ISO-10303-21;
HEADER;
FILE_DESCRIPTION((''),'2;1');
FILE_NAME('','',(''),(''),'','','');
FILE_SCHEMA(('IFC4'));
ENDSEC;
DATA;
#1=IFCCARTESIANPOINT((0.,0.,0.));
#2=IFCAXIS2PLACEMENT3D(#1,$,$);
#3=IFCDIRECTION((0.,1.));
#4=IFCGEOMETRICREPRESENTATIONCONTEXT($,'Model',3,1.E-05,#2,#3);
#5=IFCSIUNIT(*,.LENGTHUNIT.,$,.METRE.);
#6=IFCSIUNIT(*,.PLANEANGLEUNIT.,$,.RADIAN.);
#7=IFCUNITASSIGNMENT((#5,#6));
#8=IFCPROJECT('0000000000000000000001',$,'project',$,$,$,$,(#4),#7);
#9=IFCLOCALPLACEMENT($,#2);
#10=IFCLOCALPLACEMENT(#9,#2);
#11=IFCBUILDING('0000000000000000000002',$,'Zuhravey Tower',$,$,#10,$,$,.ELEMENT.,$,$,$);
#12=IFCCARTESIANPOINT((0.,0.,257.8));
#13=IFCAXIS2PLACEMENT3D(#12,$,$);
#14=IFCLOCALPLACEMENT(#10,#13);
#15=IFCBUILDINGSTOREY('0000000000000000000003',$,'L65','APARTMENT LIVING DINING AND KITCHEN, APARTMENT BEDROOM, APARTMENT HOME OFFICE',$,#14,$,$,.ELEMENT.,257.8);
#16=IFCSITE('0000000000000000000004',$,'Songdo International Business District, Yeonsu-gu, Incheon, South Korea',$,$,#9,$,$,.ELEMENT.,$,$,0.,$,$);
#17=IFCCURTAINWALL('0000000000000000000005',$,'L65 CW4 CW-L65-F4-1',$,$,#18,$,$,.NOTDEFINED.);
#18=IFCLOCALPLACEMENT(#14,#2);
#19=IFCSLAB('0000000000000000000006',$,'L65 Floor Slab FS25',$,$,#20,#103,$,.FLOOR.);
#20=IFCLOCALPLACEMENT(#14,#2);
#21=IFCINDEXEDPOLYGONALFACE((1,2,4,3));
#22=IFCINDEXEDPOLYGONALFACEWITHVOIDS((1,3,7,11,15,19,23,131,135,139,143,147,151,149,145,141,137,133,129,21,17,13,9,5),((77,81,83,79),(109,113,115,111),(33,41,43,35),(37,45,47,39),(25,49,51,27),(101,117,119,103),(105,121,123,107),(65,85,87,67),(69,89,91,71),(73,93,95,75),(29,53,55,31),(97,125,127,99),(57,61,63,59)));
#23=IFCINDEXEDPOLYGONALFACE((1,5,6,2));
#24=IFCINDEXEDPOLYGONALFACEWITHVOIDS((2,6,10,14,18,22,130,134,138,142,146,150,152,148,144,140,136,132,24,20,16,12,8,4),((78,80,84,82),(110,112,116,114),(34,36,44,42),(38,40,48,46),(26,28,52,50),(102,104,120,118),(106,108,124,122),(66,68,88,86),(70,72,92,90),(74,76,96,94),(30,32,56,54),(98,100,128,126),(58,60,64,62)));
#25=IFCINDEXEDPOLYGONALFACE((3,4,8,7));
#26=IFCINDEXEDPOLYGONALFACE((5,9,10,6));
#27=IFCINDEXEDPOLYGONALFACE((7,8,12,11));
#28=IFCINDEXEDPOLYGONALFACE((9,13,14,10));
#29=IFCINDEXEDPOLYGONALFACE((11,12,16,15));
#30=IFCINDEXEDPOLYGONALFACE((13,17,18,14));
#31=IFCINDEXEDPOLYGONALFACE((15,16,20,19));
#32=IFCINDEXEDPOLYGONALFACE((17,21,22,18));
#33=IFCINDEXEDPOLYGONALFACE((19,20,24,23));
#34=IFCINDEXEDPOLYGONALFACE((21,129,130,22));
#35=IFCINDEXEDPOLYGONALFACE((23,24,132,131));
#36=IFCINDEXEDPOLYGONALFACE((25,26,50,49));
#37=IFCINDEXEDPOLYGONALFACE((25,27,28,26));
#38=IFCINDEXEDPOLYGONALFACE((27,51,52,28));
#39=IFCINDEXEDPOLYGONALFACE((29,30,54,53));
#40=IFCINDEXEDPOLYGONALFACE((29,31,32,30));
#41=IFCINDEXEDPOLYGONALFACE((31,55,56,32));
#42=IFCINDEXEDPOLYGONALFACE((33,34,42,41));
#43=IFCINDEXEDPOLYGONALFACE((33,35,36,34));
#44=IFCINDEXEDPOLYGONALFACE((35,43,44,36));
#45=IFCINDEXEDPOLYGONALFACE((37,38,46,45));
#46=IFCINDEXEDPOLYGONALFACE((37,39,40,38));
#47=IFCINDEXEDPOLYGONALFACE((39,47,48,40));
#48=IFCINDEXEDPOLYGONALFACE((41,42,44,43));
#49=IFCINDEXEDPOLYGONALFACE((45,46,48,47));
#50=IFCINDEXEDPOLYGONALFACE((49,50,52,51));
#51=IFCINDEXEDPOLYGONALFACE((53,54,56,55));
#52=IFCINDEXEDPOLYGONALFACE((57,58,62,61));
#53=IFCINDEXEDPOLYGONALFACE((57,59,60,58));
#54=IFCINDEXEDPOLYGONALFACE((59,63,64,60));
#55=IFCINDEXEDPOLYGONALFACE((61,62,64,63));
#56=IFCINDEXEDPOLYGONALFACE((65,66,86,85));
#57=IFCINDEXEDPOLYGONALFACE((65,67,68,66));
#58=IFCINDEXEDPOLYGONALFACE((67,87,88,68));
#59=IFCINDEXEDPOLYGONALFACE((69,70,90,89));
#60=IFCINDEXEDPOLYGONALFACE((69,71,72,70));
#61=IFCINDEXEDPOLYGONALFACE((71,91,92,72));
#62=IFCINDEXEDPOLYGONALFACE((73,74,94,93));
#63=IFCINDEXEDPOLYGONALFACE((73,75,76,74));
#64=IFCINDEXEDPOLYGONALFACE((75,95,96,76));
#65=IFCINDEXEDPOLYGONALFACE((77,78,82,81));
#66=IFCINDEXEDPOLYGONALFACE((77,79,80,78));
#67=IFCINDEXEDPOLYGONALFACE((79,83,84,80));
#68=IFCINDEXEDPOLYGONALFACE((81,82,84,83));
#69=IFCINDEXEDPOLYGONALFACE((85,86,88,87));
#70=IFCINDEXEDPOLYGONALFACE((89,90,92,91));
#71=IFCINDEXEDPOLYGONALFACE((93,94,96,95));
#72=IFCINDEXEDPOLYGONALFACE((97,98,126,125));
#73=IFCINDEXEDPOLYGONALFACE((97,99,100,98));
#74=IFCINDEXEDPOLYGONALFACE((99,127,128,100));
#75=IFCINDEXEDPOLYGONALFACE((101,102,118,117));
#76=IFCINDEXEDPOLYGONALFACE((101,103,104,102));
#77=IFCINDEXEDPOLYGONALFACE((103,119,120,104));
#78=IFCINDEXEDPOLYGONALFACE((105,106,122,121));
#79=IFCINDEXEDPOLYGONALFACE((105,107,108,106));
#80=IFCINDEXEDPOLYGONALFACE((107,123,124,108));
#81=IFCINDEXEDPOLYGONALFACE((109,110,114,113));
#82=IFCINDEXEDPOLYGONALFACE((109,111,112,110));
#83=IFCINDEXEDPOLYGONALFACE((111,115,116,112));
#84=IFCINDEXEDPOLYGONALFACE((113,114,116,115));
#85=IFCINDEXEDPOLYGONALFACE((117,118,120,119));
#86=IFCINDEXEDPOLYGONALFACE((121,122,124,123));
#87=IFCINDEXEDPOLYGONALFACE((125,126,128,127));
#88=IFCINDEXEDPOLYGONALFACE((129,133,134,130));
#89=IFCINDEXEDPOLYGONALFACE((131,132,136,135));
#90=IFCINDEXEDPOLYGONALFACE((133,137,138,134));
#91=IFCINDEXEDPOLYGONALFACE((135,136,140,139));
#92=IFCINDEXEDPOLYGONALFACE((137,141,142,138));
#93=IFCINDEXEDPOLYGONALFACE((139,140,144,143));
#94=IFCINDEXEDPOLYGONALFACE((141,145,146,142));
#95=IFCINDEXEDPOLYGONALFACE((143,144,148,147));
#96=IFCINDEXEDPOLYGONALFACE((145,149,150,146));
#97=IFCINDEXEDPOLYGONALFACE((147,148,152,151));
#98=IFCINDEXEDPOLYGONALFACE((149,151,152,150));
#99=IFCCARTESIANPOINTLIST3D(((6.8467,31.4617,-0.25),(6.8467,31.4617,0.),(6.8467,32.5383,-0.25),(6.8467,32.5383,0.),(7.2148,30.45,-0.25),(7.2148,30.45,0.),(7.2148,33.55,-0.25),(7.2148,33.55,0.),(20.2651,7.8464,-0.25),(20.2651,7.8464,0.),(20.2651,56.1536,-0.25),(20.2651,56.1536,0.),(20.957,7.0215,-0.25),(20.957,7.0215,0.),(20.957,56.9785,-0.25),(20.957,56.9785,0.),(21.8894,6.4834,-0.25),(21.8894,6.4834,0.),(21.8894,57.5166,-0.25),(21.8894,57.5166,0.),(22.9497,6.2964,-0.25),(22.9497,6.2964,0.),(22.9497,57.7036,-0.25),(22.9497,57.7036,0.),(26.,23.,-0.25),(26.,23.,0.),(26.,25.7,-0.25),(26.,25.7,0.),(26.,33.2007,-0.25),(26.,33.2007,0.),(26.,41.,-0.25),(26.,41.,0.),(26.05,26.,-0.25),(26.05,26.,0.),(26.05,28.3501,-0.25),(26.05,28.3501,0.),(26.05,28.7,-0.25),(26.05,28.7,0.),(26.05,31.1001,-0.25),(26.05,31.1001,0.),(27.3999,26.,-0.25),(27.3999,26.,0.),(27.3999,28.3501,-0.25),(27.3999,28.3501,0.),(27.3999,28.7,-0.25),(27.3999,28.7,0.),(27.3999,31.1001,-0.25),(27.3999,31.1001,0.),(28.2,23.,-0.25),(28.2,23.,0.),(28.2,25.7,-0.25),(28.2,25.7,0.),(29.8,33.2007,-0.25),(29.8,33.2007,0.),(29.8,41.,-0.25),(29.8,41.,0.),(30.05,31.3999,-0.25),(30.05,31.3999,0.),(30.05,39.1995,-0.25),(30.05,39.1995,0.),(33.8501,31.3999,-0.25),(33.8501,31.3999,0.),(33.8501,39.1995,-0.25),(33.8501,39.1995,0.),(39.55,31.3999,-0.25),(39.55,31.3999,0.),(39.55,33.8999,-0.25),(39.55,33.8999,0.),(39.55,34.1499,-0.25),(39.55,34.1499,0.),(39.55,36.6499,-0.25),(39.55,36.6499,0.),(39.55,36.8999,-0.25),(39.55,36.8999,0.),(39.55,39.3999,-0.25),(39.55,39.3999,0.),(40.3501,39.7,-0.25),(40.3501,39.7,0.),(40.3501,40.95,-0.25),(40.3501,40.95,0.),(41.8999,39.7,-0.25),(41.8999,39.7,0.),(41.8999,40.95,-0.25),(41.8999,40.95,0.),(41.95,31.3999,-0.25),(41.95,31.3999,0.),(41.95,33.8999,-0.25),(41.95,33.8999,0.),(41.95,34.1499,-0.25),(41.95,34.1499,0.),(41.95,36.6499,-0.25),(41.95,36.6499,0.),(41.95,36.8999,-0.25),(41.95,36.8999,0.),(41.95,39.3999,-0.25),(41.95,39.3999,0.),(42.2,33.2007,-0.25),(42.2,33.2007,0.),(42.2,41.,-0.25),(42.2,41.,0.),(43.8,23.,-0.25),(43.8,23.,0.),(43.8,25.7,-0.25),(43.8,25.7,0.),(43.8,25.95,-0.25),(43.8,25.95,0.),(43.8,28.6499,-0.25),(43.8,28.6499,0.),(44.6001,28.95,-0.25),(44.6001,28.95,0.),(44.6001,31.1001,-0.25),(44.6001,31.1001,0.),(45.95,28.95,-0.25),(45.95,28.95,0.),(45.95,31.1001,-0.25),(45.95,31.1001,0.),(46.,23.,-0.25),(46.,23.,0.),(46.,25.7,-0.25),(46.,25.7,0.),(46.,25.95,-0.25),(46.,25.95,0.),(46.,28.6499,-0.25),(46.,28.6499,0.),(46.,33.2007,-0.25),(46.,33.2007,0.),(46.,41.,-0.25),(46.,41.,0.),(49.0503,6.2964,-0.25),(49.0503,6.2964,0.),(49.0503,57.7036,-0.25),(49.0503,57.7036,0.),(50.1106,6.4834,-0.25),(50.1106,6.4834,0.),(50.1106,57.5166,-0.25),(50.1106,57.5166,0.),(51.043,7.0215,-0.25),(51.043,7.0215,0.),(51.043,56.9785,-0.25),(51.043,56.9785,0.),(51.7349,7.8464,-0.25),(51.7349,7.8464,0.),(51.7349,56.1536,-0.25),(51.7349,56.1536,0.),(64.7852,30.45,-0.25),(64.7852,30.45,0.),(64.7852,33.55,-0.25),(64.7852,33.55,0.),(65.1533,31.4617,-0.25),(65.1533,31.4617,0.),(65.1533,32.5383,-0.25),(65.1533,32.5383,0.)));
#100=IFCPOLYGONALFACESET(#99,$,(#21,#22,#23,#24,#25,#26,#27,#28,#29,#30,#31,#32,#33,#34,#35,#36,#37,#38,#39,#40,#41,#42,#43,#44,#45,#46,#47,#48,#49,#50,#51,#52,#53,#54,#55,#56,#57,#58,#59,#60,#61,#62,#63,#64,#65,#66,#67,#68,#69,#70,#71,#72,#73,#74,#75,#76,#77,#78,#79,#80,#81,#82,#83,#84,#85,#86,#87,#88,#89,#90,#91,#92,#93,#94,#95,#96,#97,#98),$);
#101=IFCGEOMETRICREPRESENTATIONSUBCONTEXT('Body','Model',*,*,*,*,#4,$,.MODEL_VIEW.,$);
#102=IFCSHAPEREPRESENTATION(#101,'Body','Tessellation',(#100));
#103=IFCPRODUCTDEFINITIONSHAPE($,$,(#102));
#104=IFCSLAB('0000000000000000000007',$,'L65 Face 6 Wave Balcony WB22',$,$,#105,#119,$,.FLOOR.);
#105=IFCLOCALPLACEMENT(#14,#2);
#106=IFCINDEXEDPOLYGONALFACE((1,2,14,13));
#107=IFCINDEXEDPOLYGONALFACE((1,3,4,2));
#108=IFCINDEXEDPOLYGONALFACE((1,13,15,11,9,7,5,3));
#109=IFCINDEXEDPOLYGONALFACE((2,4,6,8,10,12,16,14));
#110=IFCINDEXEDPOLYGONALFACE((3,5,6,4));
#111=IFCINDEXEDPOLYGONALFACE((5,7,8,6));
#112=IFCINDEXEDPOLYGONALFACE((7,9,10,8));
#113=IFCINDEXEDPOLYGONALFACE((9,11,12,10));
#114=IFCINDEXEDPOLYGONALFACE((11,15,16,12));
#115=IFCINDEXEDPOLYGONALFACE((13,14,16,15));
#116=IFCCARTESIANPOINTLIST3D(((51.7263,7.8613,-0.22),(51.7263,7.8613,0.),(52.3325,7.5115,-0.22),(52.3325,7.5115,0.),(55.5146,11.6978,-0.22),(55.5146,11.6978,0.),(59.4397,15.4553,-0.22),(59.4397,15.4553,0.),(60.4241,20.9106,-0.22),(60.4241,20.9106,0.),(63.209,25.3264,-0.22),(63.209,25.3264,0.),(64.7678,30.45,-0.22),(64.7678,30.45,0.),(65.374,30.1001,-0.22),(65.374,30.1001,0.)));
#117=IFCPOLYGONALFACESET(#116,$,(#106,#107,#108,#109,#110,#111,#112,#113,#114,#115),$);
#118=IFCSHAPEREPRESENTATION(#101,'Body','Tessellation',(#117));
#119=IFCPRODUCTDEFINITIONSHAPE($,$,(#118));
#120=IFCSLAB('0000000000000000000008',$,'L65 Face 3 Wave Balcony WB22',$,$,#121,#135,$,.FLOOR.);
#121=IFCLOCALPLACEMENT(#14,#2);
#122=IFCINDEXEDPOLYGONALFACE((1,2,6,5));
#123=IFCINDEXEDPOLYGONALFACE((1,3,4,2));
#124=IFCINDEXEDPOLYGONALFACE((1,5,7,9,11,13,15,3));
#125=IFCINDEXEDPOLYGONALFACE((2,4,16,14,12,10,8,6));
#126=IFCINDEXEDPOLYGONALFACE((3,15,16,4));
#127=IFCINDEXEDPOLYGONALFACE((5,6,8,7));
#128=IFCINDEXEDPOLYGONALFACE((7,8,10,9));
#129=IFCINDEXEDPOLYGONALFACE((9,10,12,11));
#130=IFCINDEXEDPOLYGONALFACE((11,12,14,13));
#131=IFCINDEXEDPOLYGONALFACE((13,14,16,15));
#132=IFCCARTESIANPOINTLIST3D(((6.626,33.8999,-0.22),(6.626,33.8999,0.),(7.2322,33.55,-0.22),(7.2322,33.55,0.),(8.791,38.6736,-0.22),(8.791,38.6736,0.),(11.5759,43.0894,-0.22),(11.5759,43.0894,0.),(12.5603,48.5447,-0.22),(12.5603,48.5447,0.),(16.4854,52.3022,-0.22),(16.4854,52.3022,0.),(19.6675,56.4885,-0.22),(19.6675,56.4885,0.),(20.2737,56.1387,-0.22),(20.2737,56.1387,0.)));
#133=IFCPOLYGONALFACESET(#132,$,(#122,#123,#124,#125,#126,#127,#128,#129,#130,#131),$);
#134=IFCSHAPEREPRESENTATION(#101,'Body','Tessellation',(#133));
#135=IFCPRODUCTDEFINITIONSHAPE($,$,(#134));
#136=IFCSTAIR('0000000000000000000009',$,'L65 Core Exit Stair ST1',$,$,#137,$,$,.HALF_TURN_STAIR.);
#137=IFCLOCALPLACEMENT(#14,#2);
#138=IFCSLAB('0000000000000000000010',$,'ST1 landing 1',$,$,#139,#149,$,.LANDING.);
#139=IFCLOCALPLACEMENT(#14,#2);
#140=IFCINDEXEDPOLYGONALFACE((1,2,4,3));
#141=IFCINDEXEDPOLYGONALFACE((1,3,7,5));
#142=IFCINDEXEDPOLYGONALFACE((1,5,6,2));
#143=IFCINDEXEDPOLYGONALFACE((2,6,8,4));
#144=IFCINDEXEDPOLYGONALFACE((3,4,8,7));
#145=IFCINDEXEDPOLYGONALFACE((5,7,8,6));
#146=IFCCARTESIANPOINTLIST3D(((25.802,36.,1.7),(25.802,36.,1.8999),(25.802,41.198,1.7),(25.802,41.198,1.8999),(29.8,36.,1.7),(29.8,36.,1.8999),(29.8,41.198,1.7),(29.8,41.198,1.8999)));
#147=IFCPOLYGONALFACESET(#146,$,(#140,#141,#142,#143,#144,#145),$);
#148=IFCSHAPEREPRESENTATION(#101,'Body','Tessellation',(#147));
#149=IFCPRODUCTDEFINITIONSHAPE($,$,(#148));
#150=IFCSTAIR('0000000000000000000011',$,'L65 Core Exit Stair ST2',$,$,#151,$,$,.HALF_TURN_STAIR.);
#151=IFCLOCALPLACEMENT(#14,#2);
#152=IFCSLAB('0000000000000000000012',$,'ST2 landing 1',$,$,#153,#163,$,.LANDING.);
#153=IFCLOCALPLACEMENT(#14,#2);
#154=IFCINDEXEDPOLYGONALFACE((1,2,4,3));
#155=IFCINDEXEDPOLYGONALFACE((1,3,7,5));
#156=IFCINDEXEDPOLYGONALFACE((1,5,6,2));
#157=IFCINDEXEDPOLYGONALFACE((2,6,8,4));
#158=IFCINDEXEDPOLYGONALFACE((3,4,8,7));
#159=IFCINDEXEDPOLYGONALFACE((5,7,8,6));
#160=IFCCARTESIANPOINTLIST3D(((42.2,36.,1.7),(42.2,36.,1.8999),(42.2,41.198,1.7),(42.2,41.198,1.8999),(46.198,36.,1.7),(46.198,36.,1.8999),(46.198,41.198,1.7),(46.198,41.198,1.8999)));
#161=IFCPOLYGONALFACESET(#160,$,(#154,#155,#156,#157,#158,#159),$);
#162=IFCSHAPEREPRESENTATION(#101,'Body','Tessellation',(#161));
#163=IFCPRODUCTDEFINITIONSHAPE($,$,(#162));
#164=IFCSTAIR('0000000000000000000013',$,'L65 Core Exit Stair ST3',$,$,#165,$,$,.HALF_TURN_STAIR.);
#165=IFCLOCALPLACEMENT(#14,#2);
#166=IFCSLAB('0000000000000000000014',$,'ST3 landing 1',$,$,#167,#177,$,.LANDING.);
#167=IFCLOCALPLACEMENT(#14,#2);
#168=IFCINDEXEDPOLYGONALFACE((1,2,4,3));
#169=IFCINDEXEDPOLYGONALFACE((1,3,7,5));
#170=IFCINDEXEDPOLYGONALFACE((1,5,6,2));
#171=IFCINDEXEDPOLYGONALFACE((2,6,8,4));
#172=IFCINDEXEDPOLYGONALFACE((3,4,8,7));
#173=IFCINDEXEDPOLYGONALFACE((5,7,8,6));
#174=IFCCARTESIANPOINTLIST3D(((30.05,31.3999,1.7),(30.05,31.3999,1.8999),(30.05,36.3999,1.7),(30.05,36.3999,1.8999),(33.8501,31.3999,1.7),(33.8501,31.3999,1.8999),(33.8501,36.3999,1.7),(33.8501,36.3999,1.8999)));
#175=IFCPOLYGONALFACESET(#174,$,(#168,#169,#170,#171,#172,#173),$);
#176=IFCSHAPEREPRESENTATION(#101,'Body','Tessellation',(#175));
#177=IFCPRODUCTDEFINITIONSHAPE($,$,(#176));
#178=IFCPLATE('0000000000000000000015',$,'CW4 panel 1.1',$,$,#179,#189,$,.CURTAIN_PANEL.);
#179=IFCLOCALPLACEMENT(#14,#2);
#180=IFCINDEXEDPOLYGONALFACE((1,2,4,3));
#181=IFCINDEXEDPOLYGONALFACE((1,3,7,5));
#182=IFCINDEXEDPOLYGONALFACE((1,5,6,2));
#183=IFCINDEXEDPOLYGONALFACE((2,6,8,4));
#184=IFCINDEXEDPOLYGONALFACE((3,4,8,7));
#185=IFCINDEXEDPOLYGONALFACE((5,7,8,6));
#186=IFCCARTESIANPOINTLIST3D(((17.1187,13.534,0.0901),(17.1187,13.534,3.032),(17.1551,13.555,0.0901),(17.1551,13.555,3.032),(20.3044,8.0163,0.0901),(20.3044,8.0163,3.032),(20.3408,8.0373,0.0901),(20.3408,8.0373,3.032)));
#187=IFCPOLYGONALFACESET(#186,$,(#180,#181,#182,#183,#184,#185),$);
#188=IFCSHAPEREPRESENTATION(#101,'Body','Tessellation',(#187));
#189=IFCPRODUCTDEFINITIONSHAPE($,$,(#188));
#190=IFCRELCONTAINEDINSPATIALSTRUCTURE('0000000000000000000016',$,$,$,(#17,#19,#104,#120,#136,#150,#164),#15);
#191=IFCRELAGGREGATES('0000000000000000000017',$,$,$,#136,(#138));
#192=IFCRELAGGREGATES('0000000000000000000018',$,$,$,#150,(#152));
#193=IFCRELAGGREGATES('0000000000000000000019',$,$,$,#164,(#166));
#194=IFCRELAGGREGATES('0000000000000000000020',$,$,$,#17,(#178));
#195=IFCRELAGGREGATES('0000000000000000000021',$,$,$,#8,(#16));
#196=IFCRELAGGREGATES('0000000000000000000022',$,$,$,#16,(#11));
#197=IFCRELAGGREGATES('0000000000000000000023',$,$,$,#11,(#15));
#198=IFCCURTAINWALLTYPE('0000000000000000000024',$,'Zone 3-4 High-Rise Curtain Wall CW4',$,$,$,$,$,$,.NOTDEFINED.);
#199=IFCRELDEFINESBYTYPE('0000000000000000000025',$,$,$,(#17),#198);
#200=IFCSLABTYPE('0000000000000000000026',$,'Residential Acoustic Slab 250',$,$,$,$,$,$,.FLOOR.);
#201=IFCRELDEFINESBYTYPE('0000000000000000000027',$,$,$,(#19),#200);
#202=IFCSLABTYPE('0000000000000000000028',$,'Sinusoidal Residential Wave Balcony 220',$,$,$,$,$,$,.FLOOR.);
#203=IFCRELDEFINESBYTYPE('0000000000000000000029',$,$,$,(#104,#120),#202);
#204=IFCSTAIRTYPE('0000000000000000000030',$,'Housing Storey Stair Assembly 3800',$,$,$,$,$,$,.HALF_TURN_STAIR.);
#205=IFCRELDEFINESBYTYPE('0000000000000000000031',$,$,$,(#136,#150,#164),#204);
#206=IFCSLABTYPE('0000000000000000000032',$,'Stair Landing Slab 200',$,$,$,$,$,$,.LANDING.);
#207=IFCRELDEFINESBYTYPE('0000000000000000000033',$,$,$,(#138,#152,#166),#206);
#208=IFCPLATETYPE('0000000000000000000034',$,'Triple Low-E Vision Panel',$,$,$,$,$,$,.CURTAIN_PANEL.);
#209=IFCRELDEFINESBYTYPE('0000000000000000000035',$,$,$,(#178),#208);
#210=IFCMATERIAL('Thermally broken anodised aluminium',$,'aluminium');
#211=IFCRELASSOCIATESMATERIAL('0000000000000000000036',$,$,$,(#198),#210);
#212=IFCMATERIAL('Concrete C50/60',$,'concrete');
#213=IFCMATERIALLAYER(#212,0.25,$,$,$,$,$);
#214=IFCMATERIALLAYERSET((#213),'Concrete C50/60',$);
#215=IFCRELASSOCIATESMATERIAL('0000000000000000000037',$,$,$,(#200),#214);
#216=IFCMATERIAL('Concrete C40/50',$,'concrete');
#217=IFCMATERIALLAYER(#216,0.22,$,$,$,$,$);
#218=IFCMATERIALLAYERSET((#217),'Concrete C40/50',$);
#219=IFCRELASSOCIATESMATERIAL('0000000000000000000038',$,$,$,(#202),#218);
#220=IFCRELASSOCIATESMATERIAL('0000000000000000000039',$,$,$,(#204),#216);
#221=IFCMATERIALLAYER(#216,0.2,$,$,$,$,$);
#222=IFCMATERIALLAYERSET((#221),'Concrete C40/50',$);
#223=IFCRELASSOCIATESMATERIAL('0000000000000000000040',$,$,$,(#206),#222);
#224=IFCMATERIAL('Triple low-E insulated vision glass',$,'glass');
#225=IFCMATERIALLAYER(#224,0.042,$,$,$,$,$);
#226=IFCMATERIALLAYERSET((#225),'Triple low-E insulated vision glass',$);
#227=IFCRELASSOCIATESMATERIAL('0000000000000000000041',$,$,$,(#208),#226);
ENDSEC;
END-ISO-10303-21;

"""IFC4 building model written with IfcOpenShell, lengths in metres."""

from ifc_helpers import new_model, si_unit, direction, frame, origin, origin_2d, place, context, subcontext, project, spatial, polyline, rectangle, outline, extrude, material, layer, layer_set, type_object, element, aggregate, save


model = new_model("IFC4")

# Units and contexts
model_context = context("Model", 3, precision=1e-05, world=origin(), true_north=direction((0.0, 1.0)))
body_context = subcontext(model_context, "Body", "Model", "MODEL_VIEW")
ifc_project = project(units=[si_unit("LENGTHUNIT", "METRE"), si_unit("PLANEANGLEUNIT", "RADIAN")], contexts=[model_context])

# Site, building, storey
site_placement = place(None, origin())
site = spatial("IfcSite", under=ifc_project, at=site_placement, Name="Songdo International Business District, Yeonsu-gu, Incheon, South Korea", CompositionType="ELEMENT", RefElevation=0.0)
building_placement = place(site_placement, origin())
building = spatial("IfcBuilding", under=site, at=building_placement, Name="Zuhravey Tower", CompositionType="ELEMENT")
storey_placement = place(building_placement, frame((0.0, 0.0, 257.8)))
storey = spatial("IfcBuildingStorey", under=building, at=storey_placement, Name="L65", Description="APARTMENT LIVING DINING AND KITCHEN, APARTMENT BEDROOM, APARTMENT HOME OFFICE", CompositionType="ELEMENT", Elevation=257.8)

# Shared definitions
ifc_material_1 = material(Name="Concrete C50/60", Category="concrete")

# Curtain wall
ifc_material_2 = material(Name="Thermally broken anodised aluminium", Category="aluminium")
curtain_wall_type = type_object("IfcCurtainWallType", Name="Zone 3-4 High-Rise Curtain Wall CW4", PredefinedType="NOTDEFINED", material=ifc_material_2)
curtain_wall_placement = place(storey_placement, origin())
curtain_wall = element("IfcCurtainWall", 1, at=curtain_wall_placement, inside=storey, type_object=curtain_wall_type, Name="L65 CW4 CW-L65-F4-1", PredefinedType="NOTDEFINED")

# Slabs
ifc_layer_1 = layer(ifc_material_1, 0.25)
ifc_layer_set_1 = layer_set([ifc_layer_1], Name="Concrete C50/60")
slab_type_1 = type_object("IfcSlabType", Name="Residential Acoustic Slab 250", PredefinedType="FLOOR", material=ifc_layer_set_1)
slab_1_placement = place(storey_placement, frame((0.0, 0.0, -0.25)))
element("IfcSlab", 2, at=slab_1_placement, inside=storey, type_object=slab_type_1, Name="L65 Floor Slab FS25", PredefinedType="FLOOR", context=body_context, shape_type="SweptSolid", body=[
    extrude(outline(polyline([(64.7852, 30.45), (65.1533, 31.4617), (65.1533, 32.5383), (64.7852, 33.55), (51.7349, 56.1536), (51.043, 56.9785), (50.1106, 57.5166), (49.0503, 57.7036), (22.9497, 57.7036), (21.8894, 57.5166), (20.957, 56.9785), (20.2651, 56.1536), (7.2148, 33.55), (6.8467, 32.5383), (6.8467, 31.4617), (7.2148, 30.45), (20.2651, 7.8464), (20.957, 7.0215), (21.8894, 6.4834), (22.9497, 6.2964), (49.0503, 6.2964), (50.1106, 6.4834), (51.043, 7.0215), (51.7349, 7.8464), (64.7852, 30.45)]), holes=[polyline([(29.8, 33.2007), (29.8, 41.0), (26.0, 41.0), (26.0, 33.2007), (29.8, 33.2007)]), polyline([(46.0, 33.2007), (46.0, 41.0), (42.2, 41.0), (42.2, 33.2007), (46.0, 33.2007)]), polyline([(30.05, 39.1995), (30.05, 31.3999), (33.8501, 31.3999), (33.8501, 39.1995), (30.05, 39.1995)]), polyline([(39.55, 31.3999), (41.95, 31.3999), (41.95, 33.8999), (39.55, 33.8999), (39.55, 31.3999)]), polyline([(39.55, 34.1499), (41.95, 34.1499), (41.95, 36.6499), (39.55, 36.6499), (39.55, 34.1499)]), polyline([(39.55, 36.8999), (41.95, 36.8999), (41.95, 39.3999), (39.55, 39.3999), (39.55, 36.8999)]), polyline([(26.0, 23.0), (28.2, 23.0), (28.2, 25.7), (26.0, 25.7), (26.0, 23.0)]), polyline([(43.8, 23.0), (46.0, 23.0), (46.0, 25.7), (43.8, 25.7), (43.8, 23.0)]), polyline([(43.8, 25.95), (46.0, 25.95), (46.0, 28.6499), (43.8, 28.6499), (43.8, 25.95)]), polyline([(26.05, 26.0), (27.3999, 26.0), (27.3999, 28.3501), (26.05, 28.3501), (26.05, 26.0)]), polyline([(26.05, 28.7), (27.3999, 28.7), (27.3999, 31.1001), (26.05, 31.1001), (26.05, 28.7)]), polyline([(44.6001, 28.95), (45.95, 28.95), (45.95, 31.1001), (44.6001, 31.1001), (44.6001, 28.95)]), polyline([(40.3501, 39.7), (41.8999, 39.7), (41.8999, 40.95), (40.3501, 40.95), (40.3501, 39.7)])]), origin(), (0.0, 0.0, 1.0), 0.25),
])
ifc_material_3 = material(Name="Concrete C40/50", Category="concrete")
ifc_layer_2 = layer(ifc_material_3, 0.22)
ifc_layer_set_2 = layer_set([ifc_layer_2], Name="Concrete C40/50")
slab_type_2 = type_object("IfcSlabType", Name="Sinusoidal Residential Wave Balcony 220", PredefinedType="FLOOR", material=ifc_layer_set_2)
slab_2_placement = place(storey_placement, frame((0.0, 0.0, -0.22)))
element("IfcSlab", 3, at=slab_2_placement, inside=storey, type_object=slab_type_2, Name="L65 Face 6 Wave Balcony WB22", PredefinedType="FLOOR", context=body_context, shape_type="SweptSolid", body=[
    extrude(outline(polyline([(51.7263, 7.8613), (64.7678, 30.45), (65.374, 30.1001), (63.209, 25.3264), (60.4241, 20.9106), (59.4397, 15.4553), (55.5146, 11.6978), (52.3325, 7.5115), (51.7263, 7.8613)])), origin(), (0.0, 0.0, 1.0), 0.22),
])
slab_3_placement = place(storey_placement, frame((0.0, 0.0, -0.22)))
element("IfcSlab", 4, at=slab_3_placement, inside=storey, type_object=slab_type_2, Name="L65 Face 3 Wave Balcony WB22", PredefinedType="FLOOR", context=body_context, shape_type="SweptSolid", body=[
    extrude(outline(polyline([(20.2737, 56.1387), (7.2322, 33.55), (6.626, 33.8999), (8.791, 38.6736), (11.5759, 43.0894), (12.5603, 48.5447), (16.4854, 52.3022), (19.6675, 56.4885), (20.2737, 56.1387)])), origin(), (0.0, 0.0, 1.0), 0.22),
])

# Stairs, slabs
stair_type = type_object("IfcStairType", Name="Housing Storey Stair Assembly 3800", PredefinedType="HALF_TURN_STAIR", material=ifc_material_3)
stair_1_placement = place(storey_placement, origin())
stair_1 = element("IfcStair", 5, at=stair_1_placement, inside=storey, type_object=stair_type, Name="L65 Core Exit Stair ST1", PredefinedType="HALF_TURN_STAIR")
ifc_layer_3 = layer(ifc_material_3, 0.2)
ifc_layer_set_3 = layer_set([ifc_layer_3], Name="Concrete C40/50")
slab_type_3 = type_object("IfcSlabType", Name="Stair Landing Slab 200", PredefinedType="LANDING", material=ifc_layer_set_3)
slab_4_placement = place(storey_placement, frame((0.0, 0.0, 1.7)))
slab_4 = element("IfcSlab", 6, at=slab_4_placement, type_object=slab_type_3, Name="ST1 landing 1", PredefinedType="LANDING", context=body_context, shape_type="SweptSolid", body=[
    extrude(outline(polyline([(29.8, 36.0), (29.8, 41.198), (25.802, 41.198), (25.802, 36.0), (29.8, 36.0)])), origin(), (0.0, 0.0, 1.0), 0.2),
])
aggregate(stair_1, [slab_4])
stair_2_placement = place(storey_placement, origin())
stair_2 = element("IfcStair", 7, at=stair_2_placement, inside=storey, type_object=stair_type, Name="L65 Core Exit Stair ST2", PredefinedType="HALF_TURN_STAIR")
slab_5_placement = place(storey_placement, frame((0.0, 0.0, 1.7)))
slab_5 = element("IfcSlab", 8, at=slab_5_placement, type_object=slab_type_3, Name="ST2 landing 1", PredefinedType="LANDING", context=body_context, shape_type="SweptSolid", body=[
    extrude(outline(polyline([(46.198, 36.0), (46.198, 41.198), (42.2, 41.198), (42.2, 36.0), (46.198, 36.0)])), origin(), (0.0, 0.0, 1.0), 0.2),
])
aggregate(stair_2, [slab_5])
stair_3_placement = place(storey_placement, origin())
stair_3 = element("IfcStair", 9, at=stair_3_placement, inside=storey, type_object=stair_type, Name="L65 Core Exit Stair ST3", PredefinedType="HALF_TURN_STAIR")
slab_6_placement = place(storey_placement, frame((0.0, 0.0, 1.7)))
slab_6 = element("IfcSlab", 10, at=slab_6_placement, type_object=slab_type_3, Name="ST3 landing 1", PredefinedType="LANDING", context=body_context, shape_type="SweptSolid", body=[
    extrude(outline(polyline([(30.05, 36.3999), (30.05, 31.3999), (33.8501, 31.3999), (33.8501, 36.3999), (30.05, 36.3999)])), origin(), (0.0, 0.0, 1.0), 0.2),
])
aggregate(stair_3, [slab_6])

# Plate
ifc_material_4 = material(Name="Triple low-E insulated vision glass", Category="glass")
ifc_layer_4 = layer(ifc_material_4, 0.042)
ifc_layer_set_4 = layer_set([ifc_layer_4], Name="Triple low-E insulated vision glass")
plate_type = type_object("IfcPlateType", Name="Triple Low-E Vision Panel", PredefinedType="CURTAIN_PANEL", material=ifc_layer_set_4)
plate_1_placement = place(storey_placement, frame((18.7297, 10.7856, 0.0901), z_axis=(0.0, 0.0, 1.0), x_axis=(-0.500001, 0.866025, 0.0)))
plate_1 = element("IfcPlate", 11, at=plate_1_placement, type_object=plate_type, Name="CW4 panel 1.1", PredefinedType="CURTAIN_PANEL", context=body_context, shape_type="SweptSolid", body=[
    extrude(rectangle(XDim=6.3713, YDim=0.042, at=origin_2d()), origin(), (0.0, 0.0, 1.0), 2.9419),
])
aggregate(curtain_wall, [plate_1])

save(model, "model.ifc")
